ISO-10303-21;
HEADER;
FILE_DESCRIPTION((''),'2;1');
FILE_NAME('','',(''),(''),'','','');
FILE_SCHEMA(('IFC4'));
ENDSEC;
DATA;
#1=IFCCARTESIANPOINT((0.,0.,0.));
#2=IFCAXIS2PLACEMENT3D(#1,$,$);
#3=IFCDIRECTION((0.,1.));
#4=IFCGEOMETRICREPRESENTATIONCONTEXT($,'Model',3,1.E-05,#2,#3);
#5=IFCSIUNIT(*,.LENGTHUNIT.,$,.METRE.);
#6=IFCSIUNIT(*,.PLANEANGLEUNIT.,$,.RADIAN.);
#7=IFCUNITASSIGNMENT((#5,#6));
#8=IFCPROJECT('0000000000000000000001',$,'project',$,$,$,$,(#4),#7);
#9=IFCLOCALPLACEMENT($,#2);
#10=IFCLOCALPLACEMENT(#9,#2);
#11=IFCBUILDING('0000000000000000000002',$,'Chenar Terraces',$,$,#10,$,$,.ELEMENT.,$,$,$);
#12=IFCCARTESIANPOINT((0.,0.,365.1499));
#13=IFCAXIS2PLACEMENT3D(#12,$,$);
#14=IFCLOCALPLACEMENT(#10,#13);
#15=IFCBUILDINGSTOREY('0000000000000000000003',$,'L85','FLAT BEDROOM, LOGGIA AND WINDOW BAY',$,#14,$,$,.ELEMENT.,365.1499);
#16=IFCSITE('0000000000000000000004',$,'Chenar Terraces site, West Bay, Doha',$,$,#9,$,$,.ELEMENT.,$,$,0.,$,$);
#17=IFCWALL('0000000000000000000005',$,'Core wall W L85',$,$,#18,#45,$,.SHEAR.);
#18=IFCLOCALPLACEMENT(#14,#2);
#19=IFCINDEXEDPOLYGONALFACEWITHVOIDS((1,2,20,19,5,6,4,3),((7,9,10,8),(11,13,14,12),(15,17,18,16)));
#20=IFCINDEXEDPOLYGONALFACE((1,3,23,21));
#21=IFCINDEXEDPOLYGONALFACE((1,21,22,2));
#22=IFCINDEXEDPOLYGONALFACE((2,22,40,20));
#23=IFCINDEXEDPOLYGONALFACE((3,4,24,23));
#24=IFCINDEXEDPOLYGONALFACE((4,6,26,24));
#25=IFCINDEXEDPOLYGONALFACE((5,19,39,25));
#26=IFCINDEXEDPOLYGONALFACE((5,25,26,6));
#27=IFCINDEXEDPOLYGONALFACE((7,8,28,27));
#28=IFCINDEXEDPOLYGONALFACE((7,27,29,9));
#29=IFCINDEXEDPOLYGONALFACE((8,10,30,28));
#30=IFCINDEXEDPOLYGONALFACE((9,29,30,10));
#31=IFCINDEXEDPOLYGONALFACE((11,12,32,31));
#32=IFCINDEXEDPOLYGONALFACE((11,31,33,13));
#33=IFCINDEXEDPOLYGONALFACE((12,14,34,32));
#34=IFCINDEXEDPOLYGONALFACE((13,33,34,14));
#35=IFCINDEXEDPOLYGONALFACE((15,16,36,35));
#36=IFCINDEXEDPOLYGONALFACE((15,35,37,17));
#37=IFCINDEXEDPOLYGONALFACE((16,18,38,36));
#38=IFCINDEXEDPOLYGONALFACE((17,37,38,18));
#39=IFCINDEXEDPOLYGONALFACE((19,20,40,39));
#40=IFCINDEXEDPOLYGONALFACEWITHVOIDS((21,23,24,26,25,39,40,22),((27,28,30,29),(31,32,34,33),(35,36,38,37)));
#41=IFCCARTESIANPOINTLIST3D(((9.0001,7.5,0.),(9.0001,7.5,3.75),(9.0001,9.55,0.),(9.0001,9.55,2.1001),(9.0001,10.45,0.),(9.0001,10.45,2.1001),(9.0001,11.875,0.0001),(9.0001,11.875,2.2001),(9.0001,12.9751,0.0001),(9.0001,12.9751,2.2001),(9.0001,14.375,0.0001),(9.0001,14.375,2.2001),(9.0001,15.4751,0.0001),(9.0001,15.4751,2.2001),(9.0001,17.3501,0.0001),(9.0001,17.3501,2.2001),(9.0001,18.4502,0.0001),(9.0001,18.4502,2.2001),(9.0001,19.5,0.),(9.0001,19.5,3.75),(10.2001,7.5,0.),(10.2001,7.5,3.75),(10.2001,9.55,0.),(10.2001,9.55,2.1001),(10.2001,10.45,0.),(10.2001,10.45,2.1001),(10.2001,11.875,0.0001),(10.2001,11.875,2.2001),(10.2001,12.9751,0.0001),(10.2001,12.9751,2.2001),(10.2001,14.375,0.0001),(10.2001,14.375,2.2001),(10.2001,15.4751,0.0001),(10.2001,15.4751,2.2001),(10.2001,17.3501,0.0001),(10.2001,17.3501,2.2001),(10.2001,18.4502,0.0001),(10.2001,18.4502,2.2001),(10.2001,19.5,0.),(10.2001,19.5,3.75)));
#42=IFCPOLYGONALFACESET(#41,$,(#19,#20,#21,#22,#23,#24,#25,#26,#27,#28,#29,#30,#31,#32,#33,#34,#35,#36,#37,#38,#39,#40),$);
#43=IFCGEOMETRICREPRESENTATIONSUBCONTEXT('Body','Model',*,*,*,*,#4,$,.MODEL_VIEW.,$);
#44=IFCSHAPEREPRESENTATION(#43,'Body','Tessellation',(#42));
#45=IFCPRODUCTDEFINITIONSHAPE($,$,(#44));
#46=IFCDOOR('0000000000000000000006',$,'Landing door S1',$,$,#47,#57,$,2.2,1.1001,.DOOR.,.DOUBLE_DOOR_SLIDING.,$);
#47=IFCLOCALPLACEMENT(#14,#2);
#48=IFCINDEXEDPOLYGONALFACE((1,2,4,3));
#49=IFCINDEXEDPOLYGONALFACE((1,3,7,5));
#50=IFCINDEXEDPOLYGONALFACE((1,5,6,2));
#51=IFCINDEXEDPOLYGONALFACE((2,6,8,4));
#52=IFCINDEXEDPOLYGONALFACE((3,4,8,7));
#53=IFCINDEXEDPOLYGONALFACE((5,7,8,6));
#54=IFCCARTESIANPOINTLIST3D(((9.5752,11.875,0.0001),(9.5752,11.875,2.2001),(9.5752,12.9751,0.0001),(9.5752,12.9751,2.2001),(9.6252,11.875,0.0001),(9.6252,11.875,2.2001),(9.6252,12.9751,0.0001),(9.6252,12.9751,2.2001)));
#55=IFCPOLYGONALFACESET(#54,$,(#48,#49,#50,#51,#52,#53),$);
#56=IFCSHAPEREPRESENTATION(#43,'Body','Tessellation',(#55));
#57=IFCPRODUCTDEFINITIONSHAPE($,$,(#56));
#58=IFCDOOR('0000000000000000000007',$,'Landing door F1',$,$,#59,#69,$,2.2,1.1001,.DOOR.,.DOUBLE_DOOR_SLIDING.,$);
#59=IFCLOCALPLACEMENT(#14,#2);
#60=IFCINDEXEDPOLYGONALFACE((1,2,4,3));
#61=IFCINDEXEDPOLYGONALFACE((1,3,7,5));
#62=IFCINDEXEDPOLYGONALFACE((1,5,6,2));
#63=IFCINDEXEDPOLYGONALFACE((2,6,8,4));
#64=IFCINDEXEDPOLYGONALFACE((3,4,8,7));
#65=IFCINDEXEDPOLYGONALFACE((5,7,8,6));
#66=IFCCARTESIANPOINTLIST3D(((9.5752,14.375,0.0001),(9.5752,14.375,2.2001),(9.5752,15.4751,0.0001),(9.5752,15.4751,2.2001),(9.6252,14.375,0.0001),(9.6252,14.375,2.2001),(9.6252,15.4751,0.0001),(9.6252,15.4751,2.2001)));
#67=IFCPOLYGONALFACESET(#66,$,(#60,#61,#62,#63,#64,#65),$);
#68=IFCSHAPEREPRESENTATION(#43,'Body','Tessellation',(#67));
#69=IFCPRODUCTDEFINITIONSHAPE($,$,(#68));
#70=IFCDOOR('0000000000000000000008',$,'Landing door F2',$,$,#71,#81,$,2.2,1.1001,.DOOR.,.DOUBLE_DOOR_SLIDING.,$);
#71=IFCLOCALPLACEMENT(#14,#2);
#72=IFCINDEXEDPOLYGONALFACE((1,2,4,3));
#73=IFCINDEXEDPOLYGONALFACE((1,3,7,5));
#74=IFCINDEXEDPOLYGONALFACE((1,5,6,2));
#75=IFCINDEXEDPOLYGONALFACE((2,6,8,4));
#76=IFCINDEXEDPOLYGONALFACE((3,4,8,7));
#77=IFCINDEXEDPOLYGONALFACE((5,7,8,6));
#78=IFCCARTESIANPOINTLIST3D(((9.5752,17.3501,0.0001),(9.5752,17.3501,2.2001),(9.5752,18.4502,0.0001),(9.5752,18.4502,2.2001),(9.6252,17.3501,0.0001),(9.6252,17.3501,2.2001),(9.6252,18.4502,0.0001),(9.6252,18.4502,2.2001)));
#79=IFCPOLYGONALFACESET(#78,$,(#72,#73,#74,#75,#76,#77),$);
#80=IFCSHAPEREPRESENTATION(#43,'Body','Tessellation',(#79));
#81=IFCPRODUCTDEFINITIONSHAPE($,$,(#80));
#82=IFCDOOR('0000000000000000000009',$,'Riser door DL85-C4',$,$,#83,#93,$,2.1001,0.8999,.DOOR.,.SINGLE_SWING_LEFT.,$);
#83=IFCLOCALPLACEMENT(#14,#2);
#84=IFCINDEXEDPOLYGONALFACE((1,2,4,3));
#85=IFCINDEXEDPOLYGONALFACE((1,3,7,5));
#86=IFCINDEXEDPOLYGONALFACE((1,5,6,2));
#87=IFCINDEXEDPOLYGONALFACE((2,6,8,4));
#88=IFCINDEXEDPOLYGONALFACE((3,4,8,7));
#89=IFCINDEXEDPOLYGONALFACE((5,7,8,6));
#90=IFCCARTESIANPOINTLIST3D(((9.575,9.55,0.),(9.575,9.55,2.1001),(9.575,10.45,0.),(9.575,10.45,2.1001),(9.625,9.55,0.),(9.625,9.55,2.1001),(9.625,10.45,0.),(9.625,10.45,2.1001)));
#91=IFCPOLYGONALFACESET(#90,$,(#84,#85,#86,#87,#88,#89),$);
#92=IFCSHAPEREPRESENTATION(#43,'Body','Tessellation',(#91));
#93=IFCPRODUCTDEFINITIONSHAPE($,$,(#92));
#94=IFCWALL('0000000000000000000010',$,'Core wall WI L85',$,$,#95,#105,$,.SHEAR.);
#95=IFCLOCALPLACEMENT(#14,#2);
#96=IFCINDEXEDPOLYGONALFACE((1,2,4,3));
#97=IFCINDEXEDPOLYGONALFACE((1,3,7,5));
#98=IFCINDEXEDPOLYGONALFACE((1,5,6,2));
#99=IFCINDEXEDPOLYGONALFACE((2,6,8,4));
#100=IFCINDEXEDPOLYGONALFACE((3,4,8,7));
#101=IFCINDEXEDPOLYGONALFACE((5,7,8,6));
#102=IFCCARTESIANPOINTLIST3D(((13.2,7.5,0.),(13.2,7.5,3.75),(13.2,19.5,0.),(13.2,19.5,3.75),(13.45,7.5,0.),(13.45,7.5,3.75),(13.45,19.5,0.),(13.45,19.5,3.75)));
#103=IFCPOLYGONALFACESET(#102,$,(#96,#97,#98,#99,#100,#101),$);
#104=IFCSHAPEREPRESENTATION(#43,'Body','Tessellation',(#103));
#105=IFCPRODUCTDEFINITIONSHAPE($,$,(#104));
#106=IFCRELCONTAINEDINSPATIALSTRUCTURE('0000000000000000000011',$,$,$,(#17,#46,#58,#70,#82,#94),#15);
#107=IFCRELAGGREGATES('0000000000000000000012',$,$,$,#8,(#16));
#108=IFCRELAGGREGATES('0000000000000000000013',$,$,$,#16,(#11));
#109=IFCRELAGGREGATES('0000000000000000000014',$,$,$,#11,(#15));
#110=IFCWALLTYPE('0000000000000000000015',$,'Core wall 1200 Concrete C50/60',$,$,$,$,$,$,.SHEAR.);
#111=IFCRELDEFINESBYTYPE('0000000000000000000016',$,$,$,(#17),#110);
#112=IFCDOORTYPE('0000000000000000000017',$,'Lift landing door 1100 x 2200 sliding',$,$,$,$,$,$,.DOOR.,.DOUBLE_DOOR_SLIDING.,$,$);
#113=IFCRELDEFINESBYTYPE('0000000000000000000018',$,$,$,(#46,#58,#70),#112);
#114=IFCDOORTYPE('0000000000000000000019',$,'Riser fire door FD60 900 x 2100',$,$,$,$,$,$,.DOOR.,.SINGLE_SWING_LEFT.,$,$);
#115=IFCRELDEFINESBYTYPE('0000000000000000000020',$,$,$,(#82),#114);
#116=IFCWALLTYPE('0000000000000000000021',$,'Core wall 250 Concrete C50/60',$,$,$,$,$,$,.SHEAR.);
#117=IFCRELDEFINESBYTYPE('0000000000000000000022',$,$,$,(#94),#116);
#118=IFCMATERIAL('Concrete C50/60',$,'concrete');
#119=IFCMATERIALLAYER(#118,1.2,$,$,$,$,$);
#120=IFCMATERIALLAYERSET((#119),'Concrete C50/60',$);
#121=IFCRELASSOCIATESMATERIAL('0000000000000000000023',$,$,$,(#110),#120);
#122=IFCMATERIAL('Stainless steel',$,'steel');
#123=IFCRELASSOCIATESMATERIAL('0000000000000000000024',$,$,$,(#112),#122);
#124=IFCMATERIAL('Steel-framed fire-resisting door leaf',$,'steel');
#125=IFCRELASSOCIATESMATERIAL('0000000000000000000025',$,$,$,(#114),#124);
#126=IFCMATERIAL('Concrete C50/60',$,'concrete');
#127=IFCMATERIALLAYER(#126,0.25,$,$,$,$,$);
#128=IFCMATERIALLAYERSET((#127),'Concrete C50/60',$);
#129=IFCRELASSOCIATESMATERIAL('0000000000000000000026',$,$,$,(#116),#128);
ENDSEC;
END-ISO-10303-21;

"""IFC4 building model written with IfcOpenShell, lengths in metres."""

from ifc_helpers import new_model, si_unit, direction, frame, frame_2d, origin, place, context, subcontext, project, spatial, rectangle, extrude, material, layer, layer_set, type_object, element, fill, save


model = new_model("IFC4")

# Units and contexts
model_context = context("Model", 3, precision=1e-05, world=origin(), true_north=direction((0.0, 1.0)))
body_context = subcontext(model_context, "Body", "Model", "MODEL_VIEW")
ifc_project = project(units=[si_unit("LENGTHUNIT", "METRE"), si_unit("PLANEANGLEUNIT", "RADIAN")], contexts=[model_context])

# Site, building, storey
site_placement = place(None, origin())
site = spatial("IfcSite", under=ifc_project, at=site_placement, Name="Chenar Terraces site, West Bay, Doha", CompositionType="ELEMENT", RefElevation=0.0)
building_placement = place(site_placement, origin())
building = spatial("IfcBuilding", under=site, at=building_placement, Name="Chenar Terraces", CompositionType="ELEMENT")
storey_placement = place(building_placement, frame((0.0, 0.0, 365.1499)))
storey = spatial("IfcBuildingStorey", under=building, at=storey_placement, Name="L85", Description="FLAT BEDROOM, LOGGIA AND WINDOW BAY", CompositionType="ELEMENT", Elevation=365.1499)

# Wall, openings, doors
ifc_material_1 = material(Name="Concrete C50/60", Category="concrete")
ifc_layer_1 = layer(ifc_material_1, 1.2)
ifc_layer_set_1 = layer_set([ifc_layer_1], Name="Concrete C50/60")
wall_type_1 = type_object("IfcWallType", Name="Core wall 1200 Concrete C50/60", PredefinedType="SHEAR", material=ifc_layer_set_1)
wall_1_placement = place(storey_placement, frame((9.6001, 7.5, 0.0), z_axis=(0.0, 0.0, 1.0), x_axis=(0.0, 1.0, 0.0)))
wall_1 = element("IfcWall", 1, at=wall_1_placement, inside=storey, type_object=wall_type_1, Name="Core wall W L85", PredefinedType="SHEAR", context=body_context, shape_type="SweptSolid", body=[
    extrude(rectangle(XDim=12.0, YDim=1.2, at=frame_2d((6.0, 0.0))), origin(), (0.0, 0.0, 1.0), 3.75),
])
opening_1_placement = place(wall_1_placement, frame((4.375, 0.0, 0.0)))
opening_1 = element("IfcOpeningElement", 2, at=opening_1_placement, cuts=wall_1, PredefinedType="OPENING", context=body_context, shape_type="SweptSolid", body=[
    extrude(rectangle(XDim=1.1001, YDim=2.2, at=frame_2d((0.55, 1.1001))), frame((0.0, 0.6099, 0.0), z_axis=(0.0, -1.0, 0.0), x_axis=(1.0, 0.0, 0.0)), (0.0, 0.0, 1.0), 1.22),
])
opening_2_placement = place(wall_1_placement, frame((6.875, 0.0, 0.0)))
opening_2 = element("IfcOpeningElement", 3, at=opening_2_placement, cuts=wall_1, PredefinedType="OPENING", context=body_context, shape_type="SweptSolid", body=[
    extrude(rectangle(XDim=1.1001, YDim=2.2, at=frame_2d((0.55, 1.1001))), frame((0.0, 0.6099, 0.0), z_axis=(0.0, -1.0, 0.0), x_axis=(1.0, 0.0, 0.0)), (0.0, 0.0, 1.0), 1.22),
])
opening_3_placement = place(wall_1_placement, frame((9.8501, 0.0, 0.0)))
opening_3 = element("IfcOpeningElement", 4, at=opening_3_placement, cuts=wall_1, PredefinedType="OPENING", context=body_context, shape_type="SweptSolid", body=[
    extrude(rectangle(XDim=1.1001, YDim=2.2, at=frame_2d((0.55, 1.1001))), frame((0.0, 0.6099, 0.0), z_axis=(0.0, -1.0, 0.0), x_axis=(1.0, 0.0, 0.0)), (0.0, 0.0, 1.0), 1.22),
])
opening_4_placement = place(wall_1_placement, frame((2.05, 0.0, 0.0)))
opening_4 = element("IfcOpeningElement", 5, at=opening_4_placement, cuts=wall_1, PredefinedType="OPENING", context=body_context, shape_type="SweptSolid", body=[
    extrude(rectangle(XDim=0.8999, YDim=2.1001, at=frame_2d((0.45, 1.05))), frame((0.0, 0.6099, 0.0), z_axis=(0.0, -1.0, 0.0), x_axis=(1.0, 0.0, 0.0)), (0.0, 0.0, 1.0), 1.22),
])
ifc_material_2 = material(Name="Stainless steel", Category="steel")
door_type_1 = type_object("IfcDoorType", Name="Lift landing door 1100 x 2200 sliding", OperationType="DOUBLE_DOOR_SLIDING", PredefinedType="DOOR", material=ifc_material_2)
door_1_placement = place(opening_1_placement, origin())
door_1 = element("IfcDoor", 6, at=door_1_placement, inside=storey, type_object=door_type_1, Name="Landing door S1", OperationType="DOUBLE_DOOR_SLIDING", OverallHeight=2.2, OverallWidth=1.1001, PredefinedType="DOOR", context=body_context, shape_type="SweptSolid", body=[
    extrude(rectangle(XDim=1.1001, YDim=2.2, at=frame_2d((0.55, 1.1001))), frame((0.0, 0.0249, 0.0), z_axis=(0.0, -1.0, 0.0), x_axis=(1.0, 0.0, 0.0)), (0.0, 0.0, 1.0), 0.05),
])
fill(opening_1, door_1)
door_2_placement = place(opening_2_placement, origin())
door_2 = element("IfcDoor", 7, at=door_2_placement, inside=storey, type_object=door_type_1, Name="Landing door F1", OperationType="DOUBLE_DOOR_SLIDING", OverallHeight=2.2, OverallWidth=1.1001, PredefinedType="DOOR", context=body_context, shape_type="SweptSolid", body=[
    extrude(rectangle(XDim=1.1001, YDim=2.2, at=frame_2d((0.55, 1.1001))), frame((0.0, 0.0249, 0.0), z_axis=(0.0, -1.0, 0.0), x_axis=(1.0, 0.0, 0.0)), (0.0, 0.0, 1.0), 0.05),
])
fill(opening_2, door_2)
door_3_placement = place(opening_3_placement, origin())
door_3 = element("IfcDoor", 8, at=door_3_placement, inside=storey, type_object=door_type_1, Name="Landing door F2", OperationType="DOUBLE_DOOR_SLIDING", OverallHeight=2.2, OverallWidth=1.1001, PredefinedType="DOOR", context=body_context, shape_type="SweptSolid", body=[
    extrude(rectangle(XDim=1.1001, YDim=2.2, at=frame_2d((0.55, 1.1001))), frame((0.0, 0.0249, 0.0), z_axis=(0.0, -1.0, 0.0), x_axis=(1.0, 0.0, 0.0)), (0.0, 0.0, 1.0), 0.05),
])
fill(opening_3, door_3)
ifc_material_3 = material(Name="Steel-framed fire-resisting door leaf", Category="steel")
door_type_2 = type_object("IfcDoorType", Name="Riser fire door FD60 900 x 2100", OperationType="SINGLE_SWING_LEFT", PredefinedType="DOOR", material=ifc_material_3)
door_4_placement = place(opening_4_placement, frame((0.8999, 0.0, 0.0), z_axis=(0.0, 0.0, 1.0), x_axis=(-1.0, 0.0, 0.0)))
door_4 = element("IfcDoor", 9, at=door_4_placement, inside=storey, type_object=door_type_2, Name="Riser door DL85-C4", OperationType="SINGLE_SWING_LEFT", OverallHeight=2.1001, OverallWidth=0.8999, PredefinedType="DOOR", context=body_context, shape_type="SweptSolid", body=[
    extrude(rectangle(XDim=0.8999, YDim=2.1001, at=frame_2d((0.45, 1.05))), frame((0.0, 0.0249, 0.0), z_axis=(0.0, -1.0, 0.0), x_axis=(1.0, 0.0, 0.0)), (0.0, 0.0, 1.0), 0.05),
])
fill(opening_4, door_4)

# Wall
ifc_material_4 = material(Name="Concrete C50/60", Category="concrete")
ifc_layer_2 = layer(ifc_material_4, 0.25)
ifc_layer_set_2 = layer_set([ifc_layer_2], Name="Concrete C50/60")
wall_type_2 = type_object("IfcWallType", Name="Core wall 250 Concrete C50/60", PredefinedType="SHEAR", material=ifc_layer_set_2)
wall_2_placement = place(storey_placement, frame((13.325, 7.5, 0.0), z_axis=(0.0, 0.0, 1.0), x_axis=(0.0, 1.0, 0.0)))
element("IfcWall", 10, at=wall_2_placement, inside=storey, type_object=wall_type_2, Name="Core wall WI L85", PredefinedType="SHEAR", context=body_context, shape_type="SweptSolid", body=[
    extrude(rectangle(XDim=12.0, YDim=0.25, at=frame_2d((6.0, 0.0))), origin(), (0.0, 0.0, 1.0), 3.75),
])

save(model, "model.ifc")
